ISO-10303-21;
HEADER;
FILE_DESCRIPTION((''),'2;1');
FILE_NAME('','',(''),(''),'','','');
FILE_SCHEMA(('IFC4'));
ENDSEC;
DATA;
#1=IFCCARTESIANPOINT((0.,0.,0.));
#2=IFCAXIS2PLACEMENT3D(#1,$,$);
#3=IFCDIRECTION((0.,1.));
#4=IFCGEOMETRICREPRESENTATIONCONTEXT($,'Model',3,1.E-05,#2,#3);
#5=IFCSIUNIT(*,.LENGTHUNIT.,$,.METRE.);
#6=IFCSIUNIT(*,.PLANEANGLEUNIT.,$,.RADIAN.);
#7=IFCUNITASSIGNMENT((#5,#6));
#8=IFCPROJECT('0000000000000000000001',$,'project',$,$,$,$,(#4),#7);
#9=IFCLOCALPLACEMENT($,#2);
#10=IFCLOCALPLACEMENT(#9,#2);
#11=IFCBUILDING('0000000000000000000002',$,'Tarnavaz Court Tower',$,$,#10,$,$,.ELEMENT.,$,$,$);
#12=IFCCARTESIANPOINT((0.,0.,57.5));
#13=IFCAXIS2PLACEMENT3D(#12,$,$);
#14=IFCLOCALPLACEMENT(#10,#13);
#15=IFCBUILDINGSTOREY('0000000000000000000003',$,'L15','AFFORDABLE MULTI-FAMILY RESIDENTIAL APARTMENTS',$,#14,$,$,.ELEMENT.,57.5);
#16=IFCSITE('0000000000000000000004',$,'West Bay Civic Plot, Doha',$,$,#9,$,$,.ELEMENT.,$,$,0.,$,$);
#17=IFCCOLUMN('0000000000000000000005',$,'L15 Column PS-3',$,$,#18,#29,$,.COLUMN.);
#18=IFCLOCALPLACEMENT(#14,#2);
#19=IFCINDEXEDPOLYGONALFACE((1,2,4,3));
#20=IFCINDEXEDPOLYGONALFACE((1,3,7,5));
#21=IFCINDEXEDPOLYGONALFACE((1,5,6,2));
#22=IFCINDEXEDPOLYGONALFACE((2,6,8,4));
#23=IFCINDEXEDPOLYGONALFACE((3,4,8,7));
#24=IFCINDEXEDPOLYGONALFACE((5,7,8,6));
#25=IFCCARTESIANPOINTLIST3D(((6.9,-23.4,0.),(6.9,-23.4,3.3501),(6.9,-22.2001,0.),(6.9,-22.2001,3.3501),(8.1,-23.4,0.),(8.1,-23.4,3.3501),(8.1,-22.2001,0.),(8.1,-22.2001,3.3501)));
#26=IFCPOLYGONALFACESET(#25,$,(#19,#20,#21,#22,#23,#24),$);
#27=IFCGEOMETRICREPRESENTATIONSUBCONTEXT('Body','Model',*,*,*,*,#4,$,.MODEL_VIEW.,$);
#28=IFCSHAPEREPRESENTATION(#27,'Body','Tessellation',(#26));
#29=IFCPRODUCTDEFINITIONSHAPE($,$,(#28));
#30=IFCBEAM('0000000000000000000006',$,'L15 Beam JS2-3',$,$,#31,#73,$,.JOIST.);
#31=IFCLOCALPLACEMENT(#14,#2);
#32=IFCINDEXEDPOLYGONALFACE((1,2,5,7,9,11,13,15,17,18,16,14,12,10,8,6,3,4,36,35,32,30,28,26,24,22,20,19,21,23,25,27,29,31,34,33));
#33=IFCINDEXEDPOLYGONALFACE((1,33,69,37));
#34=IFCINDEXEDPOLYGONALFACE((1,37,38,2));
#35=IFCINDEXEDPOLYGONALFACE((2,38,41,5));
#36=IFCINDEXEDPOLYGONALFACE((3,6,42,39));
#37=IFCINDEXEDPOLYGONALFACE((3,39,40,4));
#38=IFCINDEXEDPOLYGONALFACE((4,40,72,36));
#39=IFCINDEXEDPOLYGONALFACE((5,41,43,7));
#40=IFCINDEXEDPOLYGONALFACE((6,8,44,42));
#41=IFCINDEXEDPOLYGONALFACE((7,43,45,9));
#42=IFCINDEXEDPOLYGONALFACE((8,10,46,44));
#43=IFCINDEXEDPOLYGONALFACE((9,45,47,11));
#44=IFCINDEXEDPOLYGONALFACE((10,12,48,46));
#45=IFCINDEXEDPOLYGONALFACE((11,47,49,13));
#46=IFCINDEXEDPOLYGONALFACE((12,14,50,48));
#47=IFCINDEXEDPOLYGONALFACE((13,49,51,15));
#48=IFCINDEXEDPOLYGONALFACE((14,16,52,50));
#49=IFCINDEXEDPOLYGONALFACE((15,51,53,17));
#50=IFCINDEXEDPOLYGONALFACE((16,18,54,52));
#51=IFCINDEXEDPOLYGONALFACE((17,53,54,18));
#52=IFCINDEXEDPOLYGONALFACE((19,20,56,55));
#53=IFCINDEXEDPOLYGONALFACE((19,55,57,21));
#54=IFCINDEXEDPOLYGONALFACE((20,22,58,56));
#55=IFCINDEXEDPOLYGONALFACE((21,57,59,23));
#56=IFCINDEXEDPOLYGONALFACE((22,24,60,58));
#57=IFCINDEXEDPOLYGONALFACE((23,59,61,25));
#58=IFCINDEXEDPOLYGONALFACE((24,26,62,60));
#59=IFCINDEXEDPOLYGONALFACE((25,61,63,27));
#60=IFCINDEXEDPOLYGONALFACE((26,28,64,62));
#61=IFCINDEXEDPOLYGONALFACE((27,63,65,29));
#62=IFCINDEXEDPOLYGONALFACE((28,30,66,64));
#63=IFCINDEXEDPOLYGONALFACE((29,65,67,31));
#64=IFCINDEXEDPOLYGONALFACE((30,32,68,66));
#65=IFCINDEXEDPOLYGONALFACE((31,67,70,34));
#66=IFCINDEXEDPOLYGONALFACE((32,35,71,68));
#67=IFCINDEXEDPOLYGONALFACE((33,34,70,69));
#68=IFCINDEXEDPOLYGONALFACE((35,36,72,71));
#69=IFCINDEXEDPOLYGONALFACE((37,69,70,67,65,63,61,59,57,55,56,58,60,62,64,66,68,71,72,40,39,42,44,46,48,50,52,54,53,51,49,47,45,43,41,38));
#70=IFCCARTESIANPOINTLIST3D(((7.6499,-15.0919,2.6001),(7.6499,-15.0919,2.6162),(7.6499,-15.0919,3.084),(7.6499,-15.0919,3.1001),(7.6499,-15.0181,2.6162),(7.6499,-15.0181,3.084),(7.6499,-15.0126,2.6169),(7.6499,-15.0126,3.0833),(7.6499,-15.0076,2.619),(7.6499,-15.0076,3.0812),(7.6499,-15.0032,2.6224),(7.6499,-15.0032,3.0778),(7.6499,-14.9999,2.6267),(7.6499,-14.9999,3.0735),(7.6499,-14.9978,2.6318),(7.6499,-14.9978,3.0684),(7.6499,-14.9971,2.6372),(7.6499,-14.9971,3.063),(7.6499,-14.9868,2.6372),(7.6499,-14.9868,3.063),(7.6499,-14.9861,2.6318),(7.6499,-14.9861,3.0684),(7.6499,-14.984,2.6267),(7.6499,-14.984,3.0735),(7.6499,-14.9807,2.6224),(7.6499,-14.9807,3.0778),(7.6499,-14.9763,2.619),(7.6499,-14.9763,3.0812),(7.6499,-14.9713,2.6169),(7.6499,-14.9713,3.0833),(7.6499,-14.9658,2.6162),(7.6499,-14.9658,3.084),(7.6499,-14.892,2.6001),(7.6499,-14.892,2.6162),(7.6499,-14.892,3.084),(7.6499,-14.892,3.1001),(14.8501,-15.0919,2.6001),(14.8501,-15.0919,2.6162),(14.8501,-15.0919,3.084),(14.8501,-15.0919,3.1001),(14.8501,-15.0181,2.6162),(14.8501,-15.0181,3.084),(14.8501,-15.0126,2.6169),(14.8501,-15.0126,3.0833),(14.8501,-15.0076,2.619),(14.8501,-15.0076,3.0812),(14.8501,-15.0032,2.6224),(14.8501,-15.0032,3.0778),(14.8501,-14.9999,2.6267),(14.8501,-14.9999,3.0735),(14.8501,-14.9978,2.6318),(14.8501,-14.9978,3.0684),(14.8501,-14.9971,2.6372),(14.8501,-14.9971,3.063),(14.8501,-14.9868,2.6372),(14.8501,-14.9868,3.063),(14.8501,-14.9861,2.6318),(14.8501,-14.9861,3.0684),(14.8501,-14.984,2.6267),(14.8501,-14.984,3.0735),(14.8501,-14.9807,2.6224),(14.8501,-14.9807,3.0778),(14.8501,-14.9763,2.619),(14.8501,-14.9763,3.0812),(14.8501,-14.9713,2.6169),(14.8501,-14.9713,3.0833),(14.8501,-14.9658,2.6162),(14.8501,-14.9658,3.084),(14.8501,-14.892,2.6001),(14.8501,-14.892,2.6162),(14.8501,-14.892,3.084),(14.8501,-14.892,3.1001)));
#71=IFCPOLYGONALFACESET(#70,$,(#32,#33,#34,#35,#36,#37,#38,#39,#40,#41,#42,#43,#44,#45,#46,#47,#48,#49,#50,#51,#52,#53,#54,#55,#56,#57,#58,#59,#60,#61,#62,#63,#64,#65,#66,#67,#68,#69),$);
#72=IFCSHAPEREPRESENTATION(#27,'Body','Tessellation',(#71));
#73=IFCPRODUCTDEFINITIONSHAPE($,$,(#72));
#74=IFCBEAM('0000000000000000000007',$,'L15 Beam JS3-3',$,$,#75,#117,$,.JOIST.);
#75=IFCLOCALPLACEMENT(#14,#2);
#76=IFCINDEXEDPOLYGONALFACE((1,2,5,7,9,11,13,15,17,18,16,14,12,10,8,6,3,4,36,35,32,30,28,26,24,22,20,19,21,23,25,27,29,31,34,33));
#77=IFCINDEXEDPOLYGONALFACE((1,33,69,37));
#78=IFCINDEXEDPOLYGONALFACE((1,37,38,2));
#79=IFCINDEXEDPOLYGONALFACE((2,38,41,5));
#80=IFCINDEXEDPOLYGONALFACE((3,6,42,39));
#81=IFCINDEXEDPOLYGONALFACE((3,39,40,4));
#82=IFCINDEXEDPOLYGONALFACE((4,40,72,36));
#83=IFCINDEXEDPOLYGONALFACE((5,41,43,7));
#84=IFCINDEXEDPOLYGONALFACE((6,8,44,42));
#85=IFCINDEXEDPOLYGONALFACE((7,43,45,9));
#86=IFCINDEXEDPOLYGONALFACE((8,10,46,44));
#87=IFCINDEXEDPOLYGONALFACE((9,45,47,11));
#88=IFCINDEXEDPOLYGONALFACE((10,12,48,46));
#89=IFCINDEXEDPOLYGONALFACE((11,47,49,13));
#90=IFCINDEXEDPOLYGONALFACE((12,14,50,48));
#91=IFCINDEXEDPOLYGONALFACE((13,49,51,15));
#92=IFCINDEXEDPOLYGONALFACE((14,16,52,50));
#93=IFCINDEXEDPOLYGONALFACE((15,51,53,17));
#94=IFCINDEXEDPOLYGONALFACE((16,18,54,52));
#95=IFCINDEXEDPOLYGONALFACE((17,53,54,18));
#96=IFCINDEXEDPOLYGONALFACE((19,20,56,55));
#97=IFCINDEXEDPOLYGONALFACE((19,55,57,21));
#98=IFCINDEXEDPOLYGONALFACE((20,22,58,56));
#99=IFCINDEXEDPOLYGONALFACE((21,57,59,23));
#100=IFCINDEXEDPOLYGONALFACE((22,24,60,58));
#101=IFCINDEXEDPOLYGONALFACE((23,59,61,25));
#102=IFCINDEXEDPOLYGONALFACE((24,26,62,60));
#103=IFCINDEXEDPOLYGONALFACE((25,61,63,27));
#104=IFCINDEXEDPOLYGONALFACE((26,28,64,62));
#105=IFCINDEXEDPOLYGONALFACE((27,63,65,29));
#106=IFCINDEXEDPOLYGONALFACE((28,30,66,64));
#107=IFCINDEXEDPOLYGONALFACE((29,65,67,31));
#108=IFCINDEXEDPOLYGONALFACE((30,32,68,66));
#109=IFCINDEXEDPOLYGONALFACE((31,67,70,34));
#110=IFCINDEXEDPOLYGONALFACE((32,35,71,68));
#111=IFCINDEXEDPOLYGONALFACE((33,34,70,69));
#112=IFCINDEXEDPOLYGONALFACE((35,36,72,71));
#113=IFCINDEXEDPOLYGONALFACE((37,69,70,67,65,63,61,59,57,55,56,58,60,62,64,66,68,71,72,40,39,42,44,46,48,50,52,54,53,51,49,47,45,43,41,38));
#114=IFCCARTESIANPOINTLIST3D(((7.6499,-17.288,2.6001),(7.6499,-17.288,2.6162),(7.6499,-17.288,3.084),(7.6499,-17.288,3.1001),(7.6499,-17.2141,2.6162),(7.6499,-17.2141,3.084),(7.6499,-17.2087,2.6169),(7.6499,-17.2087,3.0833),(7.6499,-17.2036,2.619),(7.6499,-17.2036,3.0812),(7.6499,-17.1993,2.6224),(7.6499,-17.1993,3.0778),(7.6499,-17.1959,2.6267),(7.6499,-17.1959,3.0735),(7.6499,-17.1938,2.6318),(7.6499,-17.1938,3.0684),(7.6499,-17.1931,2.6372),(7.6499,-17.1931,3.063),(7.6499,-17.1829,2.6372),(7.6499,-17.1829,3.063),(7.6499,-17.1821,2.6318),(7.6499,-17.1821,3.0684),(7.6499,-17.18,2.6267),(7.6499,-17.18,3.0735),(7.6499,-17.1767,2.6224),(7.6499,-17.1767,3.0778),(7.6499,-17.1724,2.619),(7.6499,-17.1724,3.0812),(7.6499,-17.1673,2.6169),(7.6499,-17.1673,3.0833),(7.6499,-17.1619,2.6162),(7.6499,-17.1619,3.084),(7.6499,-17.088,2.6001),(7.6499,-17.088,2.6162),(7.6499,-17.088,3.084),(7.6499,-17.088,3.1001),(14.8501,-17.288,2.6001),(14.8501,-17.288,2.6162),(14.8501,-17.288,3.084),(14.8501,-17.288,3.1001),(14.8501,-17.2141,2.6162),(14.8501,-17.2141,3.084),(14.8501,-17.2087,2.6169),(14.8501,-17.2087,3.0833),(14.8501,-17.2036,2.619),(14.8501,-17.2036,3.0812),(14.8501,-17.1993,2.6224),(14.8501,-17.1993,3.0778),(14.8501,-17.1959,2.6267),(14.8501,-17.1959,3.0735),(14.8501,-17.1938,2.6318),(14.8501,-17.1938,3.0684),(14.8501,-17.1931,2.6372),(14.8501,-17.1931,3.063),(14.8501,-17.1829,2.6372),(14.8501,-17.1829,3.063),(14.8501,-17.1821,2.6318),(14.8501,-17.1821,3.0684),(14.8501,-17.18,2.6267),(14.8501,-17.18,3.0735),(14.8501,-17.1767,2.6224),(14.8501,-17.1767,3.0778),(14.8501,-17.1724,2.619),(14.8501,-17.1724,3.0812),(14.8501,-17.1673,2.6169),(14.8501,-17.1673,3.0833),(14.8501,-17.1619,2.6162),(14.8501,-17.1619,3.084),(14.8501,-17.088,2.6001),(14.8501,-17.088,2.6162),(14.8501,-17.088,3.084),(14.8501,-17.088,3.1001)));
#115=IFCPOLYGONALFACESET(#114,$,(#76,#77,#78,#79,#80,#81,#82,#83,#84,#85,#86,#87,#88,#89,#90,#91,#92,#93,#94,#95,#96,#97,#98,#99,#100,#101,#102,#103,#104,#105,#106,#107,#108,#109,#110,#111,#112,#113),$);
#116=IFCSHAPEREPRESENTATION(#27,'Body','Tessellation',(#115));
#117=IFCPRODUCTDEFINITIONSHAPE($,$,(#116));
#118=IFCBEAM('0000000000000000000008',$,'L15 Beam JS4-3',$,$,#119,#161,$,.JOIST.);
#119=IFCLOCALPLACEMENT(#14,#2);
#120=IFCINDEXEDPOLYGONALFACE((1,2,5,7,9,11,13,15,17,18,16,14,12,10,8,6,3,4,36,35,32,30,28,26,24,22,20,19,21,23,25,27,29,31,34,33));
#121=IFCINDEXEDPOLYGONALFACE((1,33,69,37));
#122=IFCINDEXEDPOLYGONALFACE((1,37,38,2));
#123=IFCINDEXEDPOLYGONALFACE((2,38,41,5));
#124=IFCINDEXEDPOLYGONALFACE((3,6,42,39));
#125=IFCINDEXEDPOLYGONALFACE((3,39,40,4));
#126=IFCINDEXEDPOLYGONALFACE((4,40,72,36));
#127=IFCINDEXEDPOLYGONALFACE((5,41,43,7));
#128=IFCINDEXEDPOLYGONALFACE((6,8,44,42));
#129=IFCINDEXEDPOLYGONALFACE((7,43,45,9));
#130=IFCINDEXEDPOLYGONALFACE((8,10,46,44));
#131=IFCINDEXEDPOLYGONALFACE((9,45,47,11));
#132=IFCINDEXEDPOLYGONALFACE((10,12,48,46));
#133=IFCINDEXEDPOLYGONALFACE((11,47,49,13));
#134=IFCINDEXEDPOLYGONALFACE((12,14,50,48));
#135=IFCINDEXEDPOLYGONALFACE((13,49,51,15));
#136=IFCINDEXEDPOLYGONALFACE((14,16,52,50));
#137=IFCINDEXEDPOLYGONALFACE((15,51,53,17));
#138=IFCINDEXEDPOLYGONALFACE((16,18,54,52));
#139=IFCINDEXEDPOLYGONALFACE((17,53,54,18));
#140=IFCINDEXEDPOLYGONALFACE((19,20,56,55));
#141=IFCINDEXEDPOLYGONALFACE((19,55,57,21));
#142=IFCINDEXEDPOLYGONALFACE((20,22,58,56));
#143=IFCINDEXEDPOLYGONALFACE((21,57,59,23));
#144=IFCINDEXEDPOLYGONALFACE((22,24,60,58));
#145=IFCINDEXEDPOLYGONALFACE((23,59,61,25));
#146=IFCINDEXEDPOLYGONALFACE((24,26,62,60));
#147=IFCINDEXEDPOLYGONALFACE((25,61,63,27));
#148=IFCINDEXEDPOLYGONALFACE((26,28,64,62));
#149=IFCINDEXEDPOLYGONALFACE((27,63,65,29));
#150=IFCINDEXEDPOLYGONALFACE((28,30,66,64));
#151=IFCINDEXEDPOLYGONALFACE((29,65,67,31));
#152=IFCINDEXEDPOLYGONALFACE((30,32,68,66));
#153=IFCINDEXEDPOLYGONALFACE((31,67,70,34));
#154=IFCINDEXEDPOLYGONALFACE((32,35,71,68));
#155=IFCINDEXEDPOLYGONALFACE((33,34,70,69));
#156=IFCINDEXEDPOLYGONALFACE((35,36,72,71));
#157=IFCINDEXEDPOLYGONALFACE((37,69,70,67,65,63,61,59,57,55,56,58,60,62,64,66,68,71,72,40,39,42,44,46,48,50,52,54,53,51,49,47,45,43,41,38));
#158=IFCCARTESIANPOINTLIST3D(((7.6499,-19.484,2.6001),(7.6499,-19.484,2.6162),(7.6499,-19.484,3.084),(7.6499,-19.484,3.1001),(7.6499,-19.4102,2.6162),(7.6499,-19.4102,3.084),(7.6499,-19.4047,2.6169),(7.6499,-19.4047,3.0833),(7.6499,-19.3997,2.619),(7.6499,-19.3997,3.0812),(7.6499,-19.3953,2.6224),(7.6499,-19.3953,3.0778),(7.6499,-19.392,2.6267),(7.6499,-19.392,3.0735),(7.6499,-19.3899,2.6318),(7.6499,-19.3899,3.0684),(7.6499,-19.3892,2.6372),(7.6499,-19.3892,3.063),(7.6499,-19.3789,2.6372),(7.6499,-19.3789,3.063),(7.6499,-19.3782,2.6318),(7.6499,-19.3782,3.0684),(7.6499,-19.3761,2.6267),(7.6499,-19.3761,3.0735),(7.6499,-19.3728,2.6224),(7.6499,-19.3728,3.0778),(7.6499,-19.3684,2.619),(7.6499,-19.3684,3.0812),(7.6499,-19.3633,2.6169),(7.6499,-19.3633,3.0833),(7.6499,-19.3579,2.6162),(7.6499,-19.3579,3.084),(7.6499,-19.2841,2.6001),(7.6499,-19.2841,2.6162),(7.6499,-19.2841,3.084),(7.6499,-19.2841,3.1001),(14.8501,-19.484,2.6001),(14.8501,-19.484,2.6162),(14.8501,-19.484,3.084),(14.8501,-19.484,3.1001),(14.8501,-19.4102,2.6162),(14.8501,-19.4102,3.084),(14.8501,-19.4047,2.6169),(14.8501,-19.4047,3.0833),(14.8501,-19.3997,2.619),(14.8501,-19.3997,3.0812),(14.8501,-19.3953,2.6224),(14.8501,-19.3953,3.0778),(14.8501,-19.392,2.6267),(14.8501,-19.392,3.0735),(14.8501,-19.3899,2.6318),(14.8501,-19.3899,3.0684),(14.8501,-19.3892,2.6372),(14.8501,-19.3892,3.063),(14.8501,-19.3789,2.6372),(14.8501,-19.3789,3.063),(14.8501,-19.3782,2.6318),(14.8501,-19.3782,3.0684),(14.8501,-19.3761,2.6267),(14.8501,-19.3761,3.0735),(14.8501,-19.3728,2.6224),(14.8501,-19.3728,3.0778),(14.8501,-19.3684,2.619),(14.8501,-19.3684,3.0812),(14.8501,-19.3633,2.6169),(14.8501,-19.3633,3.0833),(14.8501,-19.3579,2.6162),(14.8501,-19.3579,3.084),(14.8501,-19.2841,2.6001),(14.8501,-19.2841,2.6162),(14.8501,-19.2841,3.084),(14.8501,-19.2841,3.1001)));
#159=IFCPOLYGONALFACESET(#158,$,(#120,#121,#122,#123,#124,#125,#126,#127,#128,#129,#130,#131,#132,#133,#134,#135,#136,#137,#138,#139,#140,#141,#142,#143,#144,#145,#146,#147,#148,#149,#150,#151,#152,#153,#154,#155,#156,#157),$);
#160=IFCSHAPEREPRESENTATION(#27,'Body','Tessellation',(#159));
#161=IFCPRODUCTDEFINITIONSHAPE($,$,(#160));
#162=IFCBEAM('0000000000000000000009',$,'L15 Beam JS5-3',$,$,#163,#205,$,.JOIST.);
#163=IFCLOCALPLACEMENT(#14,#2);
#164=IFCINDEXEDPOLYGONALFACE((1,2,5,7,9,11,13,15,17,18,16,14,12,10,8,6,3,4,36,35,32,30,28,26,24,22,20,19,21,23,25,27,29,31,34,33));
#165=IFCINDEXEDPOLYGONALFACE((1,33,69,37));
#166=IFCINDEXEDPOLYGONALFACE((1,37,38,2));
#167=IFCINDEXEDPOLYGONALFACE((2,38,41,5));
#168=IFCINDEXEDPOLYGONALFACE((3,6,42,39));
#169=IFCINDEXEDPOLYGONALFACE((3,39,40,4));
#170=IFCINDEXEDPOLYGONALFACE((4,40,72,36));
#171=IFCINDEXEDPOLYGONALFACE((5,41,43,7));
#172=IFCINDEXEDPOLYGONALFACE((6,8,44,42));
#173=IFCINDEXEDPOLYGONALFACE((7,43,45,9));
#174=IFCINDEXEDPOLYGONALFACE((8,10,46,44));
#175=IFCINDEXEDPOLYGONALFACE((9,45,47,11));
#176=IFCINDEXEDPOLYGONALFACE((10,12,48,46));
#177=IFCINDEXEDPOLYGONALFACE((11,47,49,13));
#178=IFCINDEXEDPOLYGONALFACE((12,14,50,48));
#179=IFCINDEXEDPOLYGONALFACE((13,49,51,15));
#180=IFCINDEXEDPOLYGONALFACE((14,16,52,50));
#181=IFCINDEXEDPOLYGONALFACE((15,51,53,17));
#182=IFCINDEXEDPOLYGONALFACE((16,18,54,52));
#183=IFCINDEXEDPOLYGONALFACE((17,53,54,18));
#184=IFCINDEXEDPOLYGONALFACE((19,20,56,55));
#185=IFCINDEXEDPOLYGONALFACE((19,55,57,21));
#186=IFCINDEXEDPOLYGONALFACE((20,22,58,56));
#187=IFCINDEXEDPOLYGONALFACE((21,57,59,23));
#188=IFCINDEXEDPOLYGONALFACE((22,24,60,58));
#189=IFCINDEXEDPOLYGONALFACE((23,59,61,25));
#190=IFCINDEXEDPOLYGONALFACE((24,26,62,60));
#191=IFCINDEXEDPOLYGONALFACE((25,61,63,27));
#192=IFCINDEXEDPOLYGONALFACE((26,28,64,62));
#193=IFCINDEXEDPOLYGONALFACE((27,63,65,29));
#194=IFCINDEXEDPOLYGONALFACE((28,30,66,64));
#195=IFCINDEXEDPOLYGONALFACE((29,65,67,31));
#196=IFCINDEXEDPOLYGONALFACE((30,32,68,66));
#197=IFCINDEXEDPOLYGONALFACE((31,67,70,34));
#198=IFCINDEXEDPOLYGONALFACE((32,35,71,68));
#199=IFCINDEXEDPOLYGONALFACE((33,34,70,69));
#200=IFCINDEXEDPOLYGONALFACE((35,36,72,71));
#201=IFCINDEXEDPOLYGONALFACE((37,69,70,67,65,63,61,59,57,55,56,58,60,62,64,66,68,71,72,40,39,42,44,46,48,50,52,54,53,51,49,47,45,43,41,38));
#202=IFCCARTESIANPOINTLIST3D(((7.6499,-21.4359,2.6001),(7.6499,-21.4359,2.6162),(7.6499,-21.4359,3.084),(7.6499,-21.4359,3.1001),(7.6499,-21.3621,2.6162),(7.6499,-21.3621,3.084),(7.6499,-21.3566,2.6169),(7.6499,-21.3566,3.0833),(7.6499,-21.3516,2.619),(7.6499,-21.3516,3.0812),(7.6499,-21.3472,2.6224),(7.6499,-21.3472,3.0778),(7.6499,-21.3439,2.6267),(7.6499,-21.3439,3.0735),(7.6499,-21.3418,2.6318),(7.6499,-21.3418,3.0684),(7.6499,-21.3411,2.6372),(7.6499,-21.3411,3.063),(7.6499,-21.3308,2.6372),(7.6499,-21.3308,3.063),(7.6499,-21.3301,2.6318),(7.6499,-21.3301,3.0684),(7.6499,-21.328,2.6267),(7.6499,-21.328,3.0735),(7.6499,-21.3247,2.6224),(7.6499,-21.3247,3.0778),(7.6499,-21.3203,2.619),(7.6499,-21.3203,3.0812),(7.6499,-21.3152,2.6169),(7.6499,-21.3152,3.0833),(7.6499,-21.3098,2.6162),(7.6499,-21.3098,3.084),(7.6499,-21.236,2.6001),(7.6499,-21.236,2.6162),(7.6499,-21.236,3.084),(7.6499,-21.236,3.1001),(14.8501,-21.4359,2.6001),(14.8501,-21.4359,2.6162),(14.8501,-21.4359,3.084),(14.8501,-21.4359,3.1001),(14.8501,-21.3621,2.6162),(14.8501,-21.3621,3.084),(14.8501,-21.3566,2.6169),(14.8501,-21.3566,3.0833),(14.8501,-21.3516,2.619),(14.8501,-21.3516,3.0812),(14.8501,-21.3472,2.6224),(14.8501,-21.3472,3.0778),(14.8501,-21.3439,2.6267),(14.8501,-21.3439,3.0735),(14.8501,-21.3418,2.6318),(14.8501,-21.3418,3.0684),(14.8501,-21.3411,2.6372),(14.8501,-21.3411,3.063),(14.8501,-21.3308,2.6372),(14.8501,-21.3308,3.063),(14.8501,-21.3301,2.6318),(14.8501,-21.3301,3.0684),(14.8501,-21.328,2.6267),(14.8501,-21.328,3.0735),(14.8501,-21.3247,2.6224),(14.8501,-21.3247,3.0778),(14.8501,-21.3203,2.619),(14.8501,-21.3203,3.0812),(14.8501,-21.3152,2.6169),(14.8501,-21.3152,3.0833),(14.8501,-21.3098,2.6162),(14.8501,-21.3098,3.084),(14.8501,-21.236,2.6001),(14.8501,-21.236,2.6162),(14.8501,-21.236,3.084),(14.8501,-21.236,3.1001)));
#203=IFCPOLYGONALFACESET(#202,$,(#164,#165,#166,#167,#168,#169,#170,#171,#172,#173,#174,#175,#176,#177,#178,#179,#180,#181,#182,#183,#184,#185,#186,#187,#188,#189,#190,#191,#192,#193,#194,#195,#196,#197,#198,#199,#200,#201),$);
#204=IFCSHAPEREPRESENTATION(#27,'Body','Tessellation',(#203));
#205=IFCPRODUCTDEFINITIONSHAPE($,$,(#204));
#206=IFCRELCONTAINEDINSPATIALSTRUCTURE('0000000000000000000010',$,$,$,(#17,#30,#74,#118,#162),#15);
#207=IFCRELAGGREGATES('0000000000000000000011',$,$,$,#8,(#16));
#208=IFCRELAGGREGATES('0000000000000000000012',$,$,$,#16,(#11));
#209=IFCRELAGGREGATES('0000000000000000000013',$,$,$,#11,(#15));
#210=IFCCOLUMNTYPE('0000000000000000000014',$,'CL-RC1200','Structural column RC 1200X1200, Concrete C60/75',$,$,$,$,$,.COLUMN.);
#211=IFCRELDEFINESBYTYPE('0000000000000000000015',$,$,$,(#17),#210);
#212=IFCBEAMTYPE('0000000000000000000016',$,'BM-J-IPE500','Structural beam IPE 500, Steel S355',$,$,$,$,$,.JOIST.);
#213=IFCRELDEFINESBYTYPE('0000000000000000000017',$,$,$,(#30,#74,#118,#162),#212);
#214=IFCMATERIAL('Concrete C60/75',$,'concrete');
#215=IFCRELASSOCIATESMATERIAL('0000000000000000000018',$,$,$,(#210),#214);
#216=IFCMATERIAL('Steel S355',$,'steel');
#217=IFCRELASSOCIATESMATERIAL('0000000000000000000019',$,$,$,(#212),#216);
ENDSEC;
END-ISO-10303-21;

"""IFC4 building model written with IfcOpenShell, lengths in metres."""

from ifc_helpers import new_model, si_unit, direction, frame, origin, origin_2d, place, context, subcontext, project, spatial, rectangle, i_section, extrude, material, material_profile, profile_set, type_object, element, save


model = new_model("IFC4")

# Units and contexts
model_context = context("Model", 3, precision=1e-05, world=origin(), true_north=direction((0.0, 1.0)))
body_context = subcontext(model_context, "Body", "Model", "MODEL_VIEW")
ifc_project = project(units=[si_unit("LENGTHUNIT", "METRE"), si_unit("PLANEANGLEUNIT", "RADIAN")], contexts=[model_context])

# Site, building, storey
site_placement = place(None, origin())
site = spatial("IfcSite", under=ifc_project, at=site_placement, Name="West Bay Civic Plot, Doha", CompositionType="ELEMENT", RefElevation=0.0)
building_placement = place(site_placement, origin())
building = spatial("IfcBuilding", under=site, at=building_placement, Name="Tarnavaz Court Tower", CompositionType="ELEMENT")
storey_placement = place(building_placement, frame((0.0, 0.0, 57.5)))
storey = spatial("IfcBuildingStorey", under=building, at=storey_placement, Name="L15", Description="AFFORDABLE MULTI-FAMILY RESIDENTIAL APARTMENTS", CompositionType="ELEMENT", Elevation=57.5)

# Column
ifc_material_1 = material(Name="Concrete C60/75", Category="concrete")
ifc_material_profile_1 = material_profile(ifc_material_1, rectangle(XDim=1.2, YDim=1.2, at=origin_2d()), Name="RC 1200X1200")
ifc_profile_set_1 = profile_set([ifc_material_profile_1], Name="Concrete C60/75")
column_type = type_object("IfcColumnType", Name="CL-RC1200", Description="Structural column RC 1200X1200, Concrete C60/75", PredefinedType="COLUMN", material=ifc_profile_set_1)
column_placement = place(storey_placement, frame((7.5, -22.8, 0.0), z_axis=(0.0, 0.0, 1.0), x_axis=(1.0, 0.0, 0.0)))
element("IfcColumn", 1, at=column_placement, inside=storey, type_object=column_type, Name="L15 Column PS-3", PredefinedType="COLUMN", context=body_context, shape_type="SweptSolid", body=[
    extrude(rectangle(XDim=1.2, YDim=1.2, at=origin_2d()), origin(), (0.0, 0.0, 1.0), 3.3501),
])

# Beams
ifc_material_2 = material(Name="Steel S355", Category="steel")
ifc_material_profile_2 = material_profile(ifc_material_2, i_section(OverallWidth=0.2, OverallDepth=0.5, WebThickness=0.0103, FlangeThickness=0.0161, FilletRadius=0.021, at=origin_2d()), Name="IPE 500")
ifc_profile_set_2 = profile_set([ifc_material_profile_2], Name="Steel S355")
beam_type_1 = type_object("IfcBeamType", Name="BM-J-IPE500", Description="Structural beam IPE 500, Steel S355", PredefinedType="JOIST", material=ifc_profile_set_2)
for number, where, z_axis, x_axis, name in (
    (2, (7.6499, -14.9919, 2.8501), (1.0, 0.0, 0.0), (0.0, 1.0, 0.0), "L15 Beam JS2-3"),
    (3, (7.6499, -17.188, 2.8501), (1.0, 0.0, 0.0), (0.0, 1.0, 0.0), "L15 Beam JS3-3"),
    (4, (7.6499, -19.384, 2.8501), (1.0, 0.0, 0.0), (0.0, 1.0, 0.0), "L15 Beam JS4-3"),
    (5, (7.6499, -21.3359, 2.8501), (1.0, 0.0, 0.0), (0.0, 1.0, 0.0), "L15 Beam JS5-3"),
):
    element("IfcBeam", number, at=place(storey_placement, frame(where, z_axis=z_axis, x_axis=x_axis)), inside=storey, type_object=beam_type_1, Name=name, PredefinedType="JOIST", context=body_context, shape_type="SweptSolid", body=[
        extrude(i_section(OverallWidth=0.2, OverallDepth=0.5, WebThickness=0.0103, FlangeThickness=0.0161, FilletRadius=0.021, at=origin_2d()), origin(), (0.0, 0.0, 1.0), 7.2002),
    ])

save(model, "model.ifc")
